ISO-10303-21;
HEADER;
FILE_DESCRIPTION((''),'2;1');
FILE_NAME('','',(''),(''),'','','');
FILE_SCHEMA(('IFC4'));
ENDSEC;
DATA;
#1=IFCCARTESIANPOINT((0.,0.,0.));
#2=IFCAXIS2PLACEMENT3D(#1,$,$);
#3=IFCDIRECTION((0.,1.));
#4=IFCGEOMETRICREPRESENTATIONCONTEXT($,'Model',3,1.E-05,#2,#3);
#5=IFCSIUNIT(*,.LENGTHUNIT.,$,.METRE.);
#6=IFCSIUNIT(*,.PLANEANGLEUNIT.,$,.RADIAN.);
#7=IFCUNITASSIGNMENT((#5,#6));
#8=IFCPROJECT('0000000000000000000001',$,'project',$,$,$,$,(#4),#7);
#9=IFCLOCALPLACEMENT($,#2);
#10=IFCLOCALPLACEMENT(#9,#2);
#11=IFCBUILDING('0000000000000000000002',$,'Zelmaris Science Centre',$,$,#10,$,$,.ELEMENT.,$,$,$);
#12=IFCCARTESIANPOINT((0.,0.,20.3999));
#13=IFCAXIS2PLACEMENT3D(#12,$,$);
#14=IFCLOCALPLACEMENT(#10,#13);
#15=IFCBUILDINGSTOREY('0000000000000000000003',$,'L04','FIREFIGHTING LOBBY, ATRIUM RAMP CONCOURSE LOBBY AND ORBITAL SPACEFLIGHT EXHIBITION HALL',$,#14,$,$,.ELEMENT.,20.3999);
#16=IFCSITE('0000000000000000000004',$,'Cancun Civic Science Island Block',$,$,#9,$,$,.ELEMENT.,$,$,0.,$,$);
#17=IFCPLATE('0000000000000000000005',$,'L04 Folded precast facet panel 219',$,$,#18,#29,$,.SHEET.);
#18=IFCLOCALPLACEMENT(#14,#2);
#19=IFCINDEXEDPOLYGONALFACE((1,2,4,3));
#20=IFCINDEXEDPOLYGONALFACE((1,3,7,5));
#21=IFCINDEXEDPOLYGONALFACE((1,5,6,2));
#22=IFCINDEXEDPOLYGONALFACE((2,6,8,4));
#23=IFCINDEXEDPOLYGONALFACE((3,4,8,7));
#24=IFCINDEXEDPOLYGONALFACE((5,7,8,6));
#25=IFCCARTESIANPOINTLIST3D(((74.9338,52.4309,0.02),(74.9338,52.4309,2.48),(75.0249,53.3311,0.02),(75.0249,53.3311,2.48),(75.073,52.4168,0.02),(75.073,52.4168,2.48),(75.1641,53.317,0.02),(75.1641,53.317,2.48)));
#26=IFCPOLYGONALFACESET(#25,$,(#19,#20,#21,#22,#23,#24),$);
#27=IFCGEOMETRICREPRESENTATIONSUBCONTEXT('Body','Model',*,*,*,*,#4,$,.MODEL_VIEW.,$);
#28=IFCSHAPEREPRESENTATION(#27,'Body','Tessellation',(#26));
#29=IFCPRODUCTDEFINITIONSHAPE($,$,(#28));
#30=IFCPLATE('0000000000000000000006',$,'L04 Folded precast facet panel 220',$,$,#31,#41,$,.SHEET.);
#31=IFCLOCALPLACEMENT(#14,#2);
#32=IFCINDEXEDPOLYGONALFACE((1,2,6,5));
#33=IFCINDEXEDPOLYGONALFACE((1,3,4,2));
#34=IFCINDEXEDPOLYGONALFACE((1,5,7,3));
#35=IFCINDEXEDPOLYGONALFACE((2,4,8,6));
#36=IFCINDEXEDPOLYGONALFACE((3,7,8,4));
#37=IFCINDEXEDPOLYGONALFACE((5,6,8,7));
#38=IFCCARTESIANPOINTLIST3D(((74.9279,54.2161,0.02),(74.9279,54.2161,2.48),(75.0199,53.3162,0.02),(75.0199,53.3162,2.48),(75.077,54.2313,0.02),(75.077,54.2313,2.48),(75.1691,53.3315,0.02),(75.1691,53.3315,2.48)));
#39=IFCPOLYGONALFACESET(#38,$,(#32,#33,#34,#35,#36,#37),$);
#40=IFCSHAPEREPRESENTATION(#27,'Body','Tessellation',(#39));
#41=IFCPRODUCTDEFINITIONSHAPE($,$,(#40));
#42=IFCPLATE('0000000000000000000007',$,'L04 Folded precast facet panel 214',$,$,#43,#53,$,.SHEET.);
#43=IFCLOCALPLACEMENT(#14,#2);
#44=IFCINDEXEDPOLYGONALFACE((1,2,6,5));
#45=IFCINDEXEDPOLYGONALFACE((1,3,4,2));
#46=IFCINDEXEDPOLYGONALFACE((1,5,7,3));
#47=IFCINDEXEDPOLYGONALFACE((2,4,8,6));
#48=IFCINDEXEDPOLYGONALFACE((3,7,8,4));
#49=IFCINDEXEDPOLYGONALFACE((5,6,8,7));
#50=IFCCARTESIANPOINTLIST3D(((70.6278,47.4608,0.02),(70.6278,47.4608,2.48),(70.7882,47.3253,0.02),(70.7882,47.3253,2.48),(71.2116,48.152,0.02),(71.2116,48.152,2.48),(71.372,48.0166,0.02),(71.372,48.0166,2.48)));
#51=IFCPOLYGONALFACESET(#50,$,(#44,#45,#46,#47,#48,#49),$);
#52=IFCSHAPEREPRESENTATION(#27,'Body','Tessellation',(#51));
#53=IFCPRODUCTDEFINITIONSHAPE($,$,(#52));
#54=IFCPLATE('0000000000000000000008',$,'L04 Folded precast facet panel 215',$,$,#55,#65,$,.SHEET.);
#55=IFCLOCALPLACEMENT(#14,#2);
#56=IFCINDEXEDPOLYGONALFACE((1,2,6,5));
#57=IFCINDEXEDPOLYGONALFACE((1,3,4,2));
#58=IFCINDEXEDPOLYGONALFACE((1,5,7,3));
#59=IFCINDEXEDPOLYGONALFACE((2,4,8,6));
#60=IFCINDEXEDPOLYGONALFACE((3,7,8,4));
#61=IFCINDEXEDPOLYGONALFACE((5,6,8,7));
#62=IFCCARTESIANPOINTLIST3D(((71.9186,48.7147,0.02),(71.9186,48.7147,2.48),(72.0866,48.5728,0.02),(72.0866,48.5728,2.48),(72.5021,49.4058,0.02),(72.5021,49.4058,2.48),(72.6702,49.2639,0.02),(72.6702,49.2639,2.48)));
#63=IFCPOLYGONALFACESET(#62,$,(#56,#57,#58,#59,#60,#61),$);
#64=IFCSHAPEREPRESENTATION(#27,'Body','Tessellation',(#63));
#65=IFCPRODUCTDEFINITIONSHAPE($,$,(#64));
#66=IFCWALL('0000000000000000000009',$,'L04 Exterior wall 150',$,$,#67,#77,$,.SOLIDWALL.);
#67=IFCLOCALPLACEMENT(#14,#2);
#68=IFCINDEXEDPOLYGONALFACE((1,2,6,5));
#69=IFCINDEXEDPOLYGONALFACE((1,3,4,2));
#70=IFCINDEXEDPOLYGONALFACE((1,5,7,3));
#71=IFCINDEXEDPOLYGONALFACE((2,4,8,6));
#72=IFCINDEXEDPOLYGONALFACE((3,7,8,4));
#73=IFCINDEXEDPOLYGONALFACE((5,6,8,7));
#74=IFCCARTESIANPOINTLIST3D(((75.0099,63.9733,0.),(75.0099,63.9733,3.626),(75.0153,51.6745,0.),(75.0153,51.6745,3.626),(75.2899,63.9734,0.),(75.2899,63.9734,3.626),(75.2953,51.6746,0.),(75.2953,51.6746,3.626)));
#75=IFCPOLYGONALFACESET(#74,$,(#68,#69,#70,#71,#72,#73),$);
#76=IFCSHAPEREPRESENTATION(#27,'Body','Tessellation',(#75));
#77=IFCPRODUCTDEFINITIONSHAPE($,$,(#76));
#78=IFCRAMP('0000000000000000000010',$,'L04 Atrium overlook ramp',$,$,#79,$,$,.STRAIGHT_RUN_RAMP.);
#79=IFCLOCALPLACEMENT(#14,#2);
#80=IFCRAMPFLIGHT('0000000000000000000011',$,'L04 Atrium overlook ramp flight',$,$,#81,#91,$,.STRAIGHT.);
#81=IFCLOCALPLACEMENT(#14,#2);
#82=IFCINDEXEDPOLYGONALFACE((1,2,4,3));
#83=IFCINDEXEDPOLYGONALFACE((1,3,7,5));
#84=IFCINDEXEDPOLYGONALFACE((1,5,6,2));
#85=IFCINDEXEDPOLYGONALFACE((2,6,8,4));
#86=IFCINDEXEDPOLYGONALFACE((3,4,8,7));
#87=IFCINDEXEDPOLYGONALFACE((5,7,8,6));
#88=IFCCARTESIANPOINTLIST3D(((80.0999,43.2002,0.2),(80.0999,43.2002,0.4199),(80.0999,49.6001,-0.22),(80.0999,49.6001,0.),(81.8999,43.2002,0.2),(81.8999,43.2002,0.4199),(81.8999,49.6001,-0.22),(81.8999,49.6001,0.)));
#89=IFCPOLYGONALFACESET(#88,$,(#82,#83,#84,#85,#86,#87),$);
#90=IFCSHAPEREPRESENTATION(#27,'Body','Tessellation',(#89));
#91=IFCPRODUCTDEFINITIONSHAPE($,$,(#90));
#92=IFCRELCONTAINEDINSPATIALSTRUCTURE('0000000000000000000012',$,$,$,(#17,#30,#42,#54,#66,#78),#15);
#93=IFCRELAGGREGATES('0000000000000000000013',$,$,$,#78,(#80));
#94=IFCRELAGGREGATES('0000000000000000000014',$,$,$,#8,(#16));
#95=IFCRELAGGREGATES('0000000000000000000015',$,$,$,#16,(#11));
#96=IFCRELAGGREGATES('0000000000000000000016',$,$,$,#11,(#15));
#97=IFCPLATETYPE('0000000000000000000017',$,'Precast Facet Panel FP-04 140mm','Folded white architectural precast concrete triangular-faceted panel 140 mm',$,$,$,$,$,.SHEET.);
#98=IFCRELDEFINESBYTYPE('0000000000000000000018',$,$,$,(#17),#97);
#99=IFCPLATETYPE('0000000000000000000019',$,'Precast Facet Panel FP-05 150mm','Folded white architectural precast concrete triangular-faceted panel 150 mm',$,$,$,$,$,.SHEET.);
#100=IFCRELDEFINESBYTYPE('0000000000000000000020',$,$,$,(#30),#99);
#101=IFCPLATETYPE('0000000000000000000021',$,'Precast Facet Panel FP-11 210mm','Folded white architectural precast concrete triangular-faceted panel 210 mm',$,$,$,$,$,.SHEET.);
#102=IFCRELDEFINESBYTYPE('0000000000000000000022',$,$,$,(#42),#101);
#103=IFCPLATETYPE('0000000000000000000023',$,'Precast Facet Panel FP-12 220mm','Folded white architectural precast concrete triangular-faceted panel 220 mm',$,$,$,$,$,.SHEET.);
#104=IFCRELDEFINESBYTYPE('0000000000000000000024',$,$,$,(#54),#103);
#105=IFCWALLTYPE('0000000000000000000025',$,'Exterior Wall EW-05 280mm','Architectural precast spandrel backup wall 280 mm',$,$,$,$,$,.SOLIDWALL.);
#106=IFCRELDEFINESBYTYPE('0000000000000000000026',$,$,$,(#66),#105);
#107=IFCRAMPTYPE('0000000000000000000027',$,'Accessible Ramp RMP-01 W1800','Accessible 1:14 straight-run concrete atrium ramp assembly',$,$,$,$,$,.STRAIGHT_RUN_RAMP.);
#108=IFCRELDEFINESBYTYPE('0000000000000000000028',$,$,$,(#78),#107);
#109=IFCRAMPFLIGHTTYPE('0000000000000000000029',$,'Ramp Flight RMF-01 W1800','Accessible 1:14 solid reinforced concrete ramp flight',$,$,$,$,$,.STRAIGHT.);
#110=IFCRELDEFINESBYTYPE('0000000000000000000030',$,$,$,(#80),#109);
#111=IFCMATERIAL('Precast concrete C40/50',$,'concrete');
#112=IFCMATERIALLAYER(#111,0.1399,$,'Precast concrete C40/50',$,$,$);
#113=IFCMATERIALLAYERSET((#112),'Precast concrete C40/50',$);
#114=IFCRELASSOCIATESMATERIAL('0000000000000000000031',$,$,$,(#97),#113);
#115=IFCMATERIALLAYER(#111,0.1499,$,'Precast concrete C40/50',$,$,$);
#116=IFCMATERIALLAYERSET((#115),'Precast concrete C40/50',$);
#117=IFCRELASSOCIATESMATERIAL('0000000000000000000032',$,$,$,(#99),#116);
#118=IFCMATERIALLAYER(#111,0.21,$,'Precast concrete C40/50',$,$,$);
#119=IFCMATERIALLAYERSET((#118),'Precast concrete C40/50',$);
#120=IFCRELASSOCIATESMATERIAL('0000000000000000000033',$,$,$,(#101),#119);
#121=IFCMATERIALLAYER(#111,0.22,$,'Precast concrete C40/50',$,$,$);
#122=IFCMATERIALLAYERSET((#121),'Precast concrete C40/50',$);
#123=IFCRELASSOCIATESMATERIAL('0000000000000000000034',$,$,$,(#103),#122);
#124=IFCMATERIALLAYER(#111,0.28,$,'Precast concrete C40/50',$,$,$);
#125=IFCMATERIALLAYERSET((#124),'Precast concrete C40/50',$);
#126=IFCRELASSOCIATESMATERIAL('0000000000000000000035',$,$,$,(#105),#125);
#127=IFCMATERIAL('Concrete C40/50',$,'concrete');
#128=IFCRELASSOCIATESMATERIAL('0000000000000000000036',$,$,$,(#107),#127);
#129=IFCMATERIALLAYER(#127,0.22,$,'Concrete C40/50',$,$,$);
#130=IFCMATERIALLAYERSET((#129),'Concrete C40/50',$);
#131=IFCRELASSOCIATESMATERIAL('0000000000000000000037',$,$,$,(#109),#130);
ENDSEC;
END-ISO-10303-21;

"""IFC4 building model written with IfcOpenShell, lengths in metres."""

from ifc_helpers import new_model, si_unit, direction, frame, frame_2d, origin, place, context, subcontext, project, spatial, polyline, rectangle, outline, extrude, material, layer, layer_set, type_object, element, aggregate, save


model = new_model("IFC4")

# Units and contexts
model_context = context("Model", 3, precision=1e-05, world=origin(), true_north=direction((0.0, 1.0)))
body_context = subcontext(model_context, "Body", "Model", "MODEL_VIEW")
ifc_project = project(units=[si_unit("LENGTHUNIT", "METRE"), si_unit("PLANEANGLEUNIT", "RADIAN")], contexts=[model_context])

# Site, building, storey
site_placement = place(None, origin())
site = spatial("IfcSite", under=ifc_project, at=site_placement, Name="Cancun Civic Science Island Block", CompositionType="ELEMENT", RefElevation=0.0)
building_placement = place(site_placement, origin())
building = spatial("IfcBuilding", under=site, at=building_placement, Name="Zelmaris Science Centre", CompositionType="ELEMENT")
storey_placement = place(building_placement, frame((0.0, 0.0, 20.3999)))
storey = spatial("IfcBuildingStorey", under=building, at=storey_placement, Name="L04", Description="FIREFIGHTING LOBBY, ATRIUM RAMP CONCOURSE LOBBY AND ORBITAL SPACEFLIGHT EXHIBITION HALL", CompositionType="ELEMENT", Elevation=20.3999)

# Plates
ifc_material_1 = material(Name="Precast concrete C40/50", Category="concrete")
ifc_layer_1 = layer(ifc_material_1, 0.1399, Name="Precast concrete C40/50")
ifc_layer_set_1 = layer_set([ifc_layer_1], Name="Precast concrete C40/50")
plate_type_1 = type_object("IfcPlateType", Name="Precast Facet Panel FP-04 140mm", Description="Folded white architectural precast concrete triangular-faceted panel 140 mm", PredefinedType="SHEET", material=ifc_layer_set_1)
plate_1_placement = place(storey_placement, frame((75.0034, 52.4238, 0.02), z_axis=(0.0, 0.0, 1.0), x_axis=(0.100653, 0.994922, 0.0)))
element("IfcPlate", 1, at=plate_1_placement, inside=storey, type_object=plate_type_1, Name="L04 Folded precast facet panel 219", PredefinedType="SHEET", context=body_context, shape_type="SweptSolid", body=[
    extrude(rectangle(XDim=0.9048, YDim=0.1399, at=frame_2d((0.4524, 0.0))), origin(), (0.0, 0.0, 1.0), 2.46),
])
ifc_layer_2 = layer(ifc_material_1, 0.1499, Name="Precast concrete C40/50")
ifc_layer_set_2 = layer_set([ifc_layer_2], Name="Precast concrete C40/50")
plate_type_2 = type_object("IfcPlateType", Name="Precast Facet Panel FP-05 150mm", Description="Folded white architectural precast concrete triangular-faceted panel 150 mm", PredefinedType="SHEET", material=ifc_layer_set_2)
plate_2_placement = place(storey_placement, frame((75.0945, 53.324, 0.02), z_axis=(0.0, 0.0, 1.0), x_axis=(-0.101748, 0.99481, 0.0)))
element("IfcPlate", 2, at=plate_2_placement, inside=storey, type_object=plate_type_2, Name="L04 Folded precast facet panel 220", PredefinedType="SHEET", context=body_context, shape_type="SweptSolid", body=[
    extrude(rectangle(XDim=0.9045, YDim=0.1499, at=frame_2d((0.4521, 0.0))), origin(), (0.0, 0.0, 1.0), 2.46),
])
ifc_layer_3 = layer(ifc_material_1, 0.21, Name="Precast concrete C40/50")
ifc_layer_set_3 = layer_set([ifc_layer_3], Name="Precast concrete C40/50")
plate_type_3 = type_object("IfcPlateType", Name="Precast Facet Panel FP-11 210mm", Description="Folded white architectural precast concrete triangular-faceted panel 210 mm", PredefinedType="SHEET", material=ifc_layer_set_3)
plate_3_placement = place(storey_placement, frame((70.708, 47.3931, 0.02), z_axis=(0.0, 0.0, 1.0), x_axis=(0.64524, 0.76398, 0.0)))
element("IfcPlate", 3, at=plate_3_placement, inside=storey, type_object=plate_type_3, Name="L04 Folded precast facet panel 214", PredefinedType="SHEET", context=body_context, shape_type="SweptSolid", body=[
    extrude(rectangle(XDim=0.9048, YDim=0.21, at=frame_2d((0.4524, 0.0))), origin(), (0.0, 0.0, 1.0), 2.46),
])
ifc_layer_4 = layer(ifc_material_1, 0.22, Name="Precast concrete C40/50")
ifc_layer_set_4 = layer_set([ifc_layer_4], Name="Precast concrete C40/50")
plate_type_4 = type_object("IfcPlateType", Name="Precast Facet Panel FP-12 220mm", Description="Folded white architectural precast concrete triangular-faceted panel 220 mm", PredefinedType="SHEET", material=ifc_layer_set_4)
plate_4_placement = place(storey_placement, frame((72.0027, 48.6438, 0.02), z_axis=(0.0, 0.0, 1.0), x_axis=(0.645083, 0.764113, 0.0)))
element("IfcPlate", 4, at=plate_4_placement, inside=storey, type_object=plate_type_4, Name="L04 Folded precast facet panel 215", PredefinedType="SHEET", context=body_context, shape_type="SweptSolid", body=[
    extrude(rectangle(XDim=0.9045, YDim=0.22, at=frame_2d((0.4521, 0.0))), origin(), (0.0, 0.0, 1.0), 2.46),
])

# Wall
ifc_layer_5 = layer(ifc_material_1, 0.28, Name="Precast concrete C40/50")
ifc_layer_set_5 = layer_set([ifc_layer_5], Name="Precast concrete C40/50")
wall_type_1 = type_object("IfcWallType", Name="Exterior Wall EW-05 280mm", Description="Architectural precast spandrel backup wall 280 mm", PredefinedType="SOLIDWALL", material=ifc_layer_set_5)
wall_1_placement = place(storey_placement, frame((75.1553, 51.6746, 0.0), z_axis=(0.0, 0.0, 1.0), x_axis=(-0.000437, 1.0, 0.0)))
element("IfcWall", 5, at=wall_1_placement, inside=storey, type_object=wall_type_1, Name="L04 Exterior wall 150", PredefinedType="SOLIDWALL", context=body_context, shape_type="SweptSolid", body=[
    extrude(rectangle(XDim=12.2988, YDim=0.28, at=frame_2d((6.1494, 0.0))), origin(), (0.0, 0.0, 1.0), 3.626),
])

# Ramp, ramp flight
ifc_material_2 = material(Name="Concrete C40/50", Category="concrete")
ramp_type = type_object("IfcRampType", Name="Accessible Ramp RMP-01 W1800", Description="Accessible 1:14 straight-run concrete atrium ramp assembly", PredefinedType="STRAIGHT_RUN_RAMP", material=ifc_material_2)
ramp_placement = place(storey_placement, origin())
ramp = element("IfcRamp", 6, at=ramp_placement, inside=storey, type_object=ramp_type, Name="L04 Atrium overlook ramp", PredefinedType="STRAIGHT_RUN_RAMP")
ifc_layer_6 = layer(ifc_material_2, 0.22, Name="Concrete C40/50")
ifc_layer_set_6 = layer_set([ifc_layer_6], Name="Concrete C40/50")
ramp_flight_type = type_object("IfcRampFlightType", Name="Ramp Flight RMF-01 W1800", Description="Accessible 1:14 solid reinforced concrete ramp flight", PredefinedType="STRAIGHT", material=ifc_layer_set_6)
ramp_flight_placement = place(storey_placement, frame((81.0, 49.6001, 0.0), z_axis=(0.0, 0.0, 1.0), x_axis=(0.0, -1.0, 0.0)))
ramp_flight = element("IfcRampFlight", 7, at=ramp_flight_placement, type_object=ramp_flight_type, Name="L04 Atrium overlook ramp flight", PredefinedType="STRAIGHT", context=body_context, shape_type="SweptSolid", body=[
    extrude(outline(polyline([(0.0, 0.0), (6.3999, 0.4199), (6.3999, 0.2), (0.0, -0.22), (0.0, 0.0)])), frame((0.0, 0.8999, 0.0), z_axis=(0.0, -1.0, 0.0), x_axis=(1.0, 0.0, 0.0)), (0.0, 0.0, 1.0), 1.8),
])
aggregate(ramp, [ramp_flight])

save(model, "model.ifc")
